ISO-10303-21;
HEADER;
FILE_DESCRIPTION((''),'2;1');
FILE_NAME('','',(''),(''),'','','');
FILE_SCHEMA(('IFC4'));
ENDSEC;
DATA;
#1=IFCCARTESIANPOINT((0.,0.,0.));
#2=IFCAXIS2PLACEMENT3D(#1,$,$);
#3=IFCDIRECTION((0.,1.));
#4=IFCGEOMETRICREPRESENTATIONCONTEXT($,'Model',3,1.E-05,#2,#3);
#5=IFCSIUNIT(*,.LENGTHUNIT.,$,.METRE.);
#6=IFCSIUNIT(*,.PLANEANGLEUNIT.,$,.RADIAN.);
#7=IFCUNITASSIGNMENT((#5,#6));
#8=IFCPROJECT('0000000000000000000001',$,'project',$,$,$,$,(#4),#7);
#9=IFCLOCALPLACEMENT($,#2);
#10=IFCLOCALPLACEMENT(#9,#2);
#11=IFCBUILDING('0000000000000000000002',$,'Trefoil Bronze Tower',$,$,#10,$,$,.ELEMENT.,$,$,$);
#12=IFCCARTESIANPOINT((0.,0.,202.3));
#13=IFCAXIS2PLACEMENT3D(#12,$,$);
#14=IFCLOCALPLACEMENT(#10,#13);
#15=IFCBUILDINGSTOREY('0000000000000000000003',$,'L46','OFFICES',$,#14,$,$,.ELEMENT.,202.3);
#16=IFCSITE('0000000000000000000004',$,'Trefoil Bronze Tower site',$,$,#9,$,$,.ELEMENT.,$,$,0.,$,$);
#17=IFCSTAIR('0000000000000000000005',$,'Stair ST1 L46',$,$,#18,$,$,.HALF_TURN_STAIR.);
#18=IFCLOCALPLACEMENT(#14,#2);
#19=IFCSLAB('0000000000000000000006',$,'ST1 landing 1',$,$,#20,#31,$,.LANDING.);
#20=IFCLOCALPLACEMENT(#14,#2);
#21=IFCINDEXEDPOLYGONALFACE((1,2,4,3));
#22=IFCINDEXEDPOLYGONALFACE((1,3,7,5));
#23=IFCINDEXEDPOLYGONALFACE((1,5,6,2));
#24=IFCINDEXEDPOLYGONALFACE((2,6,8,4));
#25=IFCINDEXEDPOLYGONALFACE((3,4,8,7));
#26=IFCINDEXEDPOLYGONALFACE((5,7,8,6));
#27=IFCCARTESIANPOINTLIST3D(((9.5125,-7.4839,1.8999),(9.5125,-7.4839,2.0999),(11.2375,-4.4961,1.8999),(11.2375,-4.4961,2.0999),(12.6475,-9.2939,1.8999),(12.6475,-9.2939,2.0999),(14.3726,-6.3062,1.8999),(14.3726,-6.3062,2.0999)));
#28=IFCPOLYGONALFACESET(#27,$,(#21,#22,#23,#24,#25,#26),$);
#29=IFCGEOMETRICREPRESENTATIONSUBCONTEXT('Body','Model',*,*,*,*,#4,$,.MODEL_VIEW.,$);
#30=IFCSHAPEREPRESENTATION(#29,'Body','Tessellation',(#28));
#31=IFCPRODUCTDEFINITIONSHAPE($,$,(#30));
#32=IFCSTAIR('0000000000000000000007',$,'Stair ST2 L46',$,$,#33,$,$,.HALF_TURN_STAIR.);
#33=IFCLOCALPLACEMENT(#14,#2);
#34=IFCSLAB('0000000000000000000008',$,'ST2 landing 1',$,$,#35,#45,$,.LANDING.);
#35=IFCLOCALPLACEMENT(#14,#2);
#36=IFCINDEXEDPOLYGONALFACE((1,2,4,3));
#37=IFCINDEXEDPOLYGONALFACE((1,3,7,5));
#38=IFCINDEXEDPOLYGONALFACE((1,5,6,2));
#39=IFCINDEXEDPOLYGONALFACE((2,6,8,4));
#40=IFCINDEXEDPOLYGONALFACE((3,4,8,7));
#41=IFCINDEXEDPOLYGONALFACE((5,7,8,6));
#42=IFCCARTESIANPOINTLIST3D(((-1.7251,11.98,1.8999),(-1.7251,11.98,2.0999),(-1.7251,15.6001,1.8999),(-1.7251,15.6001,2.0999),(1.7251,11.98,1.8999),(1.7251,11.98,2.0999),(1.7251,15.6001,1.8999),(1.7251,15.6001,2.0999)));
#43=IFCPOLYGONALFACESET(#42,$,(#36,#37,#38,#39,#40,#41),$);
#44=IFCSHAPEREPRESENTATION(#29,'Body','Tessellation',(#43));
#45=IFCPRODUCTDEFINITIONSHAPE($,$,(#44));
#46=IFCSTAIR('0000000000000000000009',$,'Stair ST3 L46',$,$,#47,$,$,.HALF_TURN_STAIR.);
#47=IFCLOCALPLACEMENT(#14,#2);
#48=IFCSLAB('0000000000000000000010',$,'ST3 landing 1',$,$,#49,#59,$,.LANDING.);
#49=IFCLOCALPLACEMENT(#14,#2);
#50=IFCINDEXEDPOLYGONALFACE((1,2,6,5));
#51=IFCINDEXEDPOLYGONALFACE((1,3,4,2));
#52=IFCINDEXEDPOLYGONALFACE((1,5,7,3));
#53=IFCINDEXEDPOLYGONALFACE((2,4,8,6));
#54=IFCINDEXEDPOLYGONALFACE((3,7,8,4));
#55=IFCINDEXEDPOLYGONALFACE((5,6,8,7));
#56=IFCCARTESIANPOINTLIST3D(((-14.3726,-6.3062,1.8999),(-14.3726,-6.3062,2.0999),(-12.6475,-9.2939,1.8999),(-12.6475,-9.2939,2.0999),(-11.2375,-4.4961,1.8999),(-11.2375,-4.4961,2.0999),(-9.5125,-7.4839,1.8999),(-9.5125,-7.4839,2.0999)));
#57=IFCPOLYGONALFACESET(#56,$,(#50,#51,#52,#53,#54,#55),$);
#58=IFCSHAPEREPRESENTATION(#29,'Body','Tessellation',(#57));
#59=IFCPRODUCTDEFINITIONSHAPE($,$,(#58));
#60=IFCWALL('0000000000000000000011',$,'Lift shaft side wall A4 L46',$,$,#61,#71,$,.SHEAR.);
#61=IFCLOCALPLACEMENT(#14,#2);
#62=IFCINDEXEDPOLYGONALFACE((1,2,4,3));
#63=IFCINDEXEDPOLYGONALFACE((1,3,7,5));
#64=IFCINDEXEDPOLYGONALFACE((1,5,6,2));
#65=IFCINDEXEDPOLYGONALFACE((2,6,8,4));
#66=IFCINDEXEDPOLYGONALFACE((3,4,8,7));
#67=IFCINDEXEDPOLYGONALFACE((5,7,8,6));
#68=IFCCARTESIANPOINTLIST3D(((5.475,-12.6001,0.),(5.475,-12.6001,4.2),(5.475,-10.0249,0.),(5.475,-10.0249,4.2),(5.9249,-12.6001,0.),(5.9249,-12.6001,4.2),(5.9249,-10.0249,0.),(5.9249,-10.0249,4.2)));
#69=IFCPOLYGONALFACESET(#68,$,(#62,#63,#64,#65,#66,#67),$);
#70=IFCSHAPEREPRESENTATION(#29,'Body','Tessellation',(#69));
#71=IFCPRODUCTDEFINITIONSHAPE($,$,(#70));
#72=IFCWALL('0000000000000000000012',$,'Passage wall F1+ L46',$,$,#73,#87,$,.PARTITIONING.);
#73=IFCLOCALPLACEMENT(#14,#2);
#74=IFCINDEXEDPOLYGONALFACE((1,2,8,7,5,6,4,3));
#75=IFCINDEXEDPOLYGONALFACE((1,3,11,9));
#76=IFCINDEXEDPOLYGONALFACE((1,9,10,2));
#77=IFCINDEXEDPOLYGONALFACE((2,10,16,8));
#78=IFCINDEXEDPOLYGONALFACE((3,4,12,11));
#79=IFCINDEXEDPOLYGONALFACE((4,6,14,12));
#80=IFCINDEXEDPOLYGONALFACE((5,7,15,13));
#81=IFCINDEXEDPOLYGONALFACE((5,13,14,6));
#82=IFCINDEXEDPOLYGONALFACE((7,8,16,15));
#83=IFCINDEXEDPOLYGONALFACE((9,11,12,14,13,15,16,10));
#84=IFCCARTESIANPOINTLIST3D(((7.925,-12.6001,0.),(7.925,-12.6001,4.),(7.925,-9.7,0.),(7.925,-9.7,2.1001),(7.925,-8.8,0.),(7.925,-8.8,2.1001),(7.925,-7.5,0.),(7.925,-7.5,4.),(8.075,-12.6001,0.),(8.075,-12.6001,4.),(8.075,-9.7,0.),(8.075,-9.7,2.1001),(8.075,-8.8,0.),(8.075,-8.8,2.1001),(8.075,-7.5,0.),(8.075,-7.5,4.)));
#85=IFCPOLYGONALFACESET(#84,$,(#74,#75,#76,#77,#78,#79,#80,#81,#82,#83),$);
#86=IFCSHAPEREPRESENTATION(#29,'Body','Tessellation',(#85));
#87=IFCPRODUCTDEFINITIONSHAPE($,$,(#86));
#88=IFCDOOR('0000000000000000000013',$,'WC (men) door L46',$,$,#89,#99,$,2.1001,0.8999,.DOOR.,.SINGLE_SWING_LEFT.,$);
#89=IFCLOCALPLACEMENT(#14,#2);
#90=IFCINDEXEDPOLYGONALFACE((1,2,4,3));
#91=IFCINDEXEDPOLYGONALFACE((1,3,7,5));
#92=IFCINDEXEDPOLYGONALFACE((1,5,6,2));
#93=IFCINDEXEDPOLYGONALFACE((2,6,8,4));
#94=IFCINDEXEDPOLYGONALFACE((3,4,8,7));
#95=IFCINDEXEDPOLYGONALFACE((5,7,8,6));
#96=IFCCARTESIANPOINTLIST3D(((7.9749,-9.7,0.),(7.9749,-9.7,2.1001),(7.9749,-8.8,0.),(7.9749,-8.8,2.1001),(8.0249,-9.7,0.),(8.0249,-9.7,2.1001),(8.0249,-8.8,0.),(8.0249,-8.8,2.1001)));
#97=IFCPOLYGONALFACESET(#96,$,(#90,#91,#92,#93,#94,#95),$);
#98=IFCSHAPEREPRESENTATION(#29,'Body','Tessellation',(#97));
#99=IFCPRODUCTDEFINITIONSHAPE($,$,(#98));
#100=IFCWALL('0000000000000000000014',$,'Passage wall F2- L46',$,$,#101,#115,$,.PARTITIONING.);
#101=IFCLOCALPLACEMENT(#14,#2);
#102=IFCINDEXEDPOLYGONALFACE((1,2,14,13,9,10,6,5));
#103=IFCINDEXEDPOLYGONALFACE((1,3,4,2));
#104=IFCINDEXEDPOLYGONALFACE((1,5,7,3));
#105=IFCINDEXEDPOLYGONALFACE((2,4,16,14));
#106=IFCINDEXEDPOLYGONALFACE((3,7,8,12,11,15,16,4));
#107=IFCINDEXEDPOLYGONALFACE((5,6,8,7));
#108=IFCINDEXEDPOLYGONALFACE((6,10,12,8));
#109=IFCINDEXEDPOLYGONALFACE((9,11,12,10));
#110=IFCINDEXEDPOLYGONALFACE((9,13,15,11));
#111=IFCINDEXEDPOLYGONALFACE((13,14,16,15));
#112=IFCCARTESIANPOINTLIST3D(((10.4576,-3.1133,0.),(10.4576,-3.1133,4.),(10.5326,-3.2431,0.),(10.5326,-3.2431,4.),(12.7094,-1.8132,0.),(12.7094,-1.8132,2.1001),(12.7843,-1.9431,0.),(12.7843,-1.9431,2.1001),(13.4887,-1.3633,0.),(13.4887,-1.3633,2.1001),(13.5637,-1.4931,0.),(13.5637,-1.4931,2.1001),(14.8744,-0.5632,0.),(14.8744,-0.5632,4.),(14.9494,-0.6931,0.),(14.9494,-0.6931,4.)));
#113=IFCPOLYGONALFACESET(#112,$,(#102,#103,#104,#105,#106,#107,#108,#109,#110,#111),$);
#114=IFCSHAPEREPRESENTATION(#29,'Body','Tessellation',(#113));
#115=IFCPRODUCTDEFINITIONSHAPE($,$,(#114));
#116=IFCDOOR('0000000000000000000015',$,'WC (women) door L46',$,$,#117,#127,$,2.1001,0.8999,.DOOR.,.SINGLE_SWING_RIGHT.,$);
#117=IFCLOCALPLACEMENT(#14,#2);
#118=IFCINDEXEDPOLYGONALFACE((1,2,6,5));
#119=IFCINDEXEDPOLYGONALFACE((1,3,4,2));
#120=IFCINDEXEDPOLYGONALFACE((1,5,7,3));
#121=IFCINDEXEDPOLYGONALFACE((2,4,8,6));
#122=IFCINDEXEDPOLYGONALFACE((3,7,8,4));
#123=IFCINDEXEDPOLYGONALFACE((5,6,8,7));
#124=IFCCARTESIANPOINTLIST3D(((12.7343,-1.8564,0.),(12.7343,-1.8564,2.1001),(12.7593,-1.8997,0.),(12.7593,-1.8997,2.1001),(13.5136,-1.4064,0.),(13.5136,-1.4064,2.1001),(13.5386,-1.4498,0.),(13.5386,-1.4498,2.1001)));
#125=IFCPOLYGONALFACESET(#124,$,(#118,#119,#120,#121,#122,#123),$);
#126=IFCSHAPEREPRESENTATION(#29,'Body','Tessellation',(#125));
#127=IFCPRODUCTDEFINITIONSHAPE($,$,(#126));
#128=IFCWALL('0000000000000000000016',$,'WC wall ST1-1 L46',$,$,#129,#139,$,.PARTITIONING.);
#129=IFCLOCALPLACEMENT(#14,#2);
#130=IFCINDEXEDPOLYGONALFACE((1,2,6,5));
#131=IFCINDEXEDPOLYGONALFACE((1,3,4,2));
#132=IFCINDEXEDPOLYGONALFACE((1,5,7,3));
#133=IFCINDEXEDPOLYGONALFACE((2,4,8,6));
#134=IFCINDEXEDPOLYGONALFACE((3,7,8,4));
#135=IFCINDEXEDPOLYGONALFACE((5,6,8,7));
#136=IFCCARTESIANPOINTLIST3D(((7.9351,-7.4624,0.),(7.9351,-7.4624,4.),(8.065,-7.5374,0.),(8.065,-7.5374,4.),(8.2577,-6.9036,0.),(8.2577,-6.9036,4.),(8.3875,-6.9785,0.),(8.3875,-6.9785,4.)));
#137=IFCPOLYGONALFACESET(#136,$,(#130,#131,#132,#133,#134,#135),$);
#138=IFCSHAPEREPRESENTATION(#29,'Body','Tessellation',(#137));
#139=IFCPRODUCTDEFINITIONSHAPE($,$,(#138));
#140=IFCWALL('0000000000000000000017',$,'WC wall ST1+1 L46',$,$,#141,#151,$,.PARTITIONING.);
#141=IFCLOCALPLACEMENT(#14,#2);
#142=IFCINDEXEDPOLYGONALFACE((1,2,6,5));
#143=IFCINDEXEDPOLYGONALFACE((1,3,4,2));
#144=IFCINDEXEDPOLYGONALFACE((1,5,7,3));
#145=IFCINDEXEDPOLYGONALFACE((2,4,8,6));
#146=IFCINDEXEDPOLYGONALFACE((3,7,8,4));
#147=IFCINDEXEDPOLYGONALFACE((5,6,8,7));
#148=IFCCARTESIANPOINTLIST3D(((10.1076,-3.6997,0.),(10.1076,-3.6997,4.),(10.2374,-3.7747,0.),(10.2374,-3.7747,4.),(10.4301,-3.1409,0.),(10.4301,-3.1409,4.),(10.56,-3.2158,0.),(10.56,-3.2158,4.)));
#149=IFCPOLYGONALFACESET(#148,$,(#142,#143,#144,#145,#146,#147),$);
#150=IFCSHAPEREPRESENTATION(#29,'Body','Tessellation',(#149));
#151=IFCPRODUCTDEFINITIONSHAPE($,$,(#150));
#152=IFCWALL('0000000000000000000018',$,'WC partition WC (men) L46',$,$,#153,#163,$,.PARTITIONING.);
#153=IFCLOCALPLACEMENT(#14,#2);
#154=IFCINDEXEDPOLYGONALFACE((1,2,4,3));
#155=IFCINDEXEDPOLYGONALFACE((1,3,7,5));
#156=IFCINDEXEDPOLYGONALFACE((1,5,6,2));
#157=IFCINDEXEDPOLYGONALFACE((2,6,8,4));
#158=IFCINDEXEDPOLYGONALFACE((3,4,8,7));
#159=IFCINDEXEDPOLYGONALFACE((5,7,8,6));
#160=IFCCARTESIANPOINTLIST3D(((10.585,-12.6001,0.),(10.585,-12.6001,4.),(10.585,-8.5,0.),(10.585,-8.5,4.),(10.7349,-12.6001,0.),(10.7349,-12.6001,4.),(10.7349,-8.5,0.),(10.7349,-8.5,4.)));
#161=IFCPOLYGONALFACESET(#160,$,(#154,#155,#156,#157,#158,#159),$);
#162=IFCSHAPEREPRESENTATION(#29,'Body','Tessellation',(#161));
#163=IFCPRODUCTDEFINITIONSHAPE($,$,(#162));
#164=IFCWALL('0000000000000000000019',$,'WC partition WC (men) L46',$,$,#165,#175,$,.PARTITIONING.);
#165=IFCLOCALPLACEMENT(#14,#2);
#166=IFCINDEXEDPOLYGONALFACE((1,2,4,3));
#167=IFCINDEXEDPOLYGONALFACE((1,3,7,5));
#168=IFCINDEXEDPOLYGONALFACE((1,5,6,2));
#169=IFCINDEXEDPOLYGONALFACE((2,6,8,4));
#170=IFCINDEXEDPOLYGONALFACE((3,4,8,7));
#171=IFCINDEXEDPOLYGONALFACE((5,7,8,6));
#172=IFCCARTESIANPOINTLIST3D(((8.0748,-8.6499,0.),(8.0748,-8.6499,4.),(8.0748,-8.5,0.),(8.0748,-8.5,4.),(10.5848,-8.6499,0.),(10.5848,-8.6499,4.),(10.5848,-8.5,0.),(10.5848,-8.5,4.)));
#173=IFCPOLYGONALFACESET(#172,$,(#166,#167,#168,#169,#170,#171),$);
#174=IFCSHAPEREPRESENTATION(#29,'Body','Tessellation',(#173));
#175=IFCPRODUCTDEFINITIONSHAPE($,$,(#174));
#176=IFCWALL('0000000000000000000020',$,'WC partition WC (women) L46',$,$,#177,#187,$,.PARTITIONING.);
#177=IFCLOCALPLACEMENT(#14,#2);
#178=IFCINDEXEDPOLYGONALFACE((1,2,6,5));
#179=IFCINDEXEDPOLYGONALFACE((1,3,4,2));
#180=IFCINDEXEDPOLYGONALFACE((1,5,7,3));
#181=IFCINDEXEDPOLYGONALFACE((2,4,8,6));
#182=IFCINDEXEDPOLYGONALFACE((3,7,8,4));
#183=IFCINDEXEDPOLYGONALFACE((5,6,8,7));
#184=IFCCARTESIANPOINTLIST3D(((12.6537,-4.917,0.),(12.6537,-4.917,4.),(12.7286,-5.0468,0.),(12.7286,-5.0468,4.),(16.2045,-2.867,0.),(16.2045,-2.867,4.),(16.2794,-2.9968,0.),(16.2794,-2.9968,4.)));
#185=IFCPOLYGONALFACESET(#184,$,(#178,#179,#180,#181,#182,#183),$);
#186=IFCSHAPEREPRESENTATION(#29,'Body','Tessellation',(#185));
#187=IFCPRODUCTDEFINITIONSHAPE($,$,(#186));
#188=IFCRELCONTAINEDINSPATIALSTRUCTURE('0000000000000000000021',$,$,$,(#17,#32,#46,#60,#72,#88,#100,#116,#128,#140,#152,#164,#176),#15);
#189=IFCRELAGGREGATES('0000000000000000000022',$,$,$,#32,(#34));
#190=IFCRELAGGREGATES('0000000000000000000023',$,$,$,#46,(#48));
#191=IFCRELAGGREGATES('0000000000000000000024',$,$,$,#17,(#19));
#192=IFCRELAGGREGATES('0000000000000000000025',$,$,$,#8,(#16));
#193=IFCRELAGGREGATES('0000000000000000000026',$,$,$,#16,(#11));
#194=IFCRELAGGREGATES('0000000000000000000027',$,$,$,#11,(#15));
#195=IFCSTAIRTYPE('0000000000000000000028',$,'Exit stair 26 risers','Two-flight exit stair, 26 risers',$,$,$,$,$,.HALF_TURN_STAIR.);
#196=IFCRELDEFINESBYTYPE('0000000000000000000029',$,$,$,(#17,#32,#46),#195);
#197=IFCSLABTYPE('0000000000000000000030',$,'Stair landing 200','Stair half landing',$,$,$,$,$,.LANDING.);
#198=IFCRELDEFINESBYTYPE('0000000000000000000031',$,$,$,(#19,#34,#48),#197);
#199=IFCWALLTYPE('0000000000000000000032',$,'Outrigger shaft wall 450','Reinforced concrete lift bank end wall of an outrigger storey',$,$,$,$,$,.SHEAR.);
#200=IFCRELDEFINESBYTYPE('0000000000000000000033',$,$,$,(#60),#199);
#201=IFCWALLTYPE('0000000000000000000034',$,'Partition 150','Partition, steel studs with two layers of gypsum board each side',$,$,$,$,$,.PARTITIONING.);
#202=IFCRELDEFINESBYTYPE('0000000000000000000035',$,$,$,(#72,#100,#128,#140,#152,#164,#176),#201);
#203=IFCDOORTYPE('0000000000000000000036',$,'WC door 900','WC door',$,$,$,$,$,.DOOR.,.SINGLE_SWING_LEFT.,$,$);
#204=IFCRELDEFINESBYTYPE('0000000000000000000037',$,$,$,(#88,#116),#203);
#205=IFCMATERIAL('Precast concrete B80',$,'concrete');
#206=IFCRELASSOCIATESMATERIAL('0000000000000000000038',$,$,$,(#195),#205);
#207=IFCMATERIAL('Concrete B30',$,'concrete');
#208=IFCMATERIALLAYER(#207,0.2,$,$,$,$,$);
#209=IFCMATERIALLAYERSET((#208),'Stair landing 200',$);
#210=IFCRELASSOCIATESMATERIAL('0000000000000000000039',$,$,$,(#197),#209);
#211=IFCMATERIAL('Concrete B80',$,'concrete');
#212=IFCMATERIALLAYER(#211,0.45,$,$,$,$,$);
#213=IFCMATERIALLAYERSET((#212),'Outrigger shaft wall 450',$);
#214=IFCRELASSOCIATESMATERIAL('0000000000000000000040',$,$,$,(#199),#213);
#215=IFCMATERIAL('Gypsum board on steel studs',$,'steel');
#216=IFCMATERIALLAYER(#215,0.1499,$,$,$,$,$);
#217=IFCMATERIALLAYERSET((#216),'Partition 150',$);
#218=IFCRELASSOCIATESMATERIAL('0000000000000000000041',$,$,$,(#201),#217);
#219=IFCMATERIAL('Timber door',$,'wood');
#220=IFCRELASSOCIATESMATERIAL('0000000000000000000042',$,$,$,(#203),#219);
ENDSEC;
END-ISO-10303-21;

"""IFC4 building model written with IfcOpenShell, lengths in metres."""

from ifc_helpers import new_model, si_unit, direction, frame, frame_2d, origin, place, context, subcontext, project, spatial, polyline, rectangle, outline, extrude, material, layer, layer_set, type_object, element, fill, aggregate, save


model = new_model("IFC4")

# Units and contexts
model_context = context("Model", 3, precision=1e-05, world=origin(), true_north=direction((0.0, 1.0)))
body_context = subcontext(model_context, "Body", "Model", "MODEL_VIEW")
ifc_project = project(units=[si_unit("LENGTHUNIT", "METRE"), si_unit("PLANEANGLEUNIT", "RADIAN")], contexts=[model_context])

# Site, building, storey
site_placement = place(None, origin())
site = spatial("IfcSite", under=ifc_project, at=site_placement, Name="Trefoil Bronze Tower site", CompositionType="ELEMENT", RefElevation=0.0)
building_placement = place(site_placement, origin())
building = spatial("IfcBuilding", under=site, at=building_placement, Name="Trefoil Bronze Tower", CompositionType="ELEMENT")
storey_placement = place(building_placement, frame((0.0, 0.0, 202.3)))
storey = spatial("IfcBuildingStorey", under=building, at=storey_placement, Name="L46", Description="OFFICES", CompositionType="ELEMENT", Elevation=202.3)

# Stairs, slabs
ifc_material_1 = material(Name="Precast concrete B80", Category="concrete")
stair_type = type_object("IfcStairType", Name="Exit stair 26 risers", Description="Two-flight exit stair, 26 risers", PredefinedType="HALF_TURN_STAIR", material=ifc_material_1)
stair_1_placement = place(storey_placement, origin())
stair_1 = element("IfcStair", 1, at=stair_1_placement, inside=storey, type_object=stair_type, Name="Stair ST1 L46", PredefinedType="HALF_TURN_STAIR")
ifc_material_2 = material(Name="Concrete B30", Category="concrete")
ifc_layer_1 = layer(ifc_material_2, 0.2)
ifc_layer_set_1 = layer_set([ifc_layer_1], Name="Stair landing 200")
slab_type = type_object("IfcSlabType", Name="Stair landing 200", Description="Stair half landing", PredefinedType="LANDING", material=ifc_layer_set_1)
slab_1_placement = place(storey_placement, frame((0.0, 0.0, 1.8999)))
slab_1 = element("IfcSlab", 2, at=slab_1_placement, type_object=slab_type, Name="ST1 landing 1", PredefinedType="LANDING", context=body_context, shape_type="SweptSolid", body=[
    extrude(outline(polyline([(9.5125, -7.4839), (12.6475, -9.2939), (14.3726, -6.3062), (11.2375, -4.4961), (9.5125, -7.4839)])), origin(), (0.0, 0.0, 1.0), 0.2),
])
stair_2_placement = place(storey_placement, origin())
stair_2 = element("IfcStair", 3, at=stair_2_placement, inside=storey, type_object=stair_type, Name="Stair ST2 L46", PredefinedType="HALF_TURN_STAIR")
slab_2_placement = place(storey_placement, frame((0.0, 0.0, 1.8999)))
slab_2 = element("IfcSlab", 4, at=slab_2_placement, type_object=slab_type, Name="ST2 landing 1", PredefinedType="LANDING", context=body_context, shape_type="SweptSolid", body=[
    extrude(outline(polyline([(1.7251, 11.98), (1.7251, 15.6001), (-1.7251, 15.6001), (-1.7251, 11.98), (1.7251, 11.98)])), origin(), (0.0, 0.0, 1.0), 0.2),
])
aggregate(stair_2, [slab_2])
stair_3_placement = place(storey_placement, origin())
stair_3 = element("IfcStair", 5, at=stair_3_placement, inside=storey, type_object=stair_type, Name="Stair ST3 L46", PredefinedType="HALF_TURN_STAIR")
slab_3_placement = place(storey_placement, frame((0.0, 0.0, 1.8999)))
slab_3 = element("IfcSlab", 6, at=slab_3_placement, type_object=slab_type, Name="ST3 landing 1", PredefinedType="LANDING", context=body_context, shape_type="SweptSolid", body=[
    extrude(outline(polyline([(-11.2375, -4.4961), (-14.3726, -6.3062), (-12.6475, -9.2939), (-9.5125, -7.4839), (-11.2375, -4.4961)])), origin(), (0.0, 0.0, 1.0), 0.2),
])
aggregate(stair_3, [slab_3])

# Wall
ifc_material_3 = material(Name="Concrete B80", Category="concrete")
ifc_layer_2 = layer(ifc_material_3, 0.45)
ifc_layer_set_2 = layer_set([ifc_layer_2], Name="Outrigger shaft wall 450")
wall_type_1 = type_object("IfcWallType", Name="Outrigger shaft wall 450", Description="Reinforced concrete lift bank end wall of an outrigger storey", PredefinedType="SHEAR", material=ifc_layer_set_2)
wall_1_placement = place(storey_placement, frame((5.7, -10.0249, 0.0), z_axis=(0.0, 0.0, 1.0), x_axis=(0.0, -1.0, 0.0)))
element("IfcWall", 7, at=wall_1_placement, inside=storey, type_object=wall_type_1, Name="Lift shaft side wall A4 L46", PredefinedType="SHEAR", context=body_context, shape_type="SweptSolid", body=[
    extrude(rectangle(XDim=2.5752, YDim=0.45, at=frame_2d((1.2876, 0.0))), origin(), (0.0, 0.0, 1.0), 4.2),
])

# Walls, openings, doors
ifc_material_4 = material(Name="Gypsum board on steel studs", Category="steel")
ifc_layer_3 = layer(ifc_material_4, 0.1499)
ifc_layer_set_3 = layer_set([ifc_layer_3], Name="Partition 150")
wall_type_2 = type_object("IfcWallType", Name="Partition 150", Description="Partition, steel studs with two layers of gypsum board each side", PredefinedType="PARTITIONING", material=ifc_layer_set_3)
wall_2_placement = place(storey_placement, frame((8.0, -7.5, 0.0), z_axis=(0.0, 0.0, 1.0), x_axis=(0.0, -1.0, 0.0)))
wall_2 = element("IfcWall", 8, at=wall_2_placement, inside=storey, type_object=wall_type_2, Name="Passage wall F1+ L46", PredefinedType="PARTITIONING", context=body_context, shape_type="SweptSolid", body=[
    extrude(rectangle(XDim=5.1001, YDim=0.1499, at=frame_2d((2.55, 0.0))), origin(), (0.0, 0.0, 1.0), 4.0),
])
opening_1_placement = place(wall_2_placement, frame((1.3, 0.0, 0.0)))
opening_1 = element("IfcOpeningElement", 9, at=opening_1_placement, cuts=wall_2, PredefinedType="OPENING", context=body_context, shape_type="SweptSolid", body=[
    extrude(rectangle(XDim=0.8999, YDim=2.1001, at=frame_2d((0.45, 1.05))), frame((0.0, 0.085, 0.0), z_axis=(0.0, -1.0, 0.0), x_axis=(1.0, 0.0, 0.0)), (0.0, 0.0, 1.0), 0.1699),
])
ifc_material_5 = material(Name="Timber door", Category="wood")
door_type_1 = type_object("IfcDoorType", Name="WC door 900", Description="WC door", OperationType="SINGLE_SWING_LEFT", PredefinedType="DOOR", material=ifc_material_5)
door_1_placement = place(opening_1_placement, origin())
door_1 = element("IfcDoor", 10, at=door_1_placement, inside=storey, type_object=door_type_1, Name="WC (men) door L46", OperationType="SINGLE_SWING_LEFT", OverallHeight=2.1001, OverallWidth=0.8999, PredefinedType="DOOR", context=body_context, shape_type="SweptSolid", body=[
    extrude(rectangle(XDim=0.8999, YDim=2.1001, at=frame_2d((0.45, 1.05))), frame((0.0, 0.0249, 0.0), z_axis=(0.0, -1.0, 0.0), x_axis=(1.0, 0.0, 0.0)), (0.0, 0.0, 1.0), 0.05),
])
fill(opening_1, door_1)
wall_3_placement = place(storey_placement, frame((10.4951, -3.1782, 0.0), z_axis=(0.0, 0.0, 1.0), x_axis=(0.866022, 0.500006, 0.0)))
wall_3 = element("IfcWall", 11, at=wall_3_placement, inside=storey, type_object=wall_type_2, Name="Passage wall F2- L46", PredefinedType="PARTITIONING", context=body_context, shape_type="SweptSolid", body=[
    extrude(rectangle(XDim=5.1001, YDim=0.1499, at=frame_2d((2.55, 0.0))), origin(), (0.0, 0.0, 1.0), 4.0),
])
opening_2_placement = place(wall_3_placement, frame((2.6001, 0.0, 0.0)))
opening_2 = element("IfcOpeningElement", 12, at=opening_2_placement, cuts=wall_3, PredefinedType="OPENING", context=body_context, shape_type="SweptSolid", body=[
    extrude(rectangle(XDim=0.8999, YDim=2.1001, at=frame_2d((0.45, 1.05))), frame((0.0, 0.085, 0.0), z_axis=(0.0, -1.0, 0.0), x_axis=(1.0, 0.0, 0.0)), (0.0, 0.0, 1.0), 0.1699),
])
door_2_placement = place(opening_2_placement, frame((0.8999, 0.0, 0.0), z_axis=(0.0, 0.0, 1.0), x_axis=(-1.0, 0.0, 0.0)))
door_2 = element("IfcDoor", 13, at=door_2_placement, inside=storey, type_object=door_type_1, Name="WC (women) door L46", OperationType="SINGLE_SWING_RIGHT", OverallHeight=2.1001, OverallWidth=0.8999, PredefinedType="DOOR", context=body_context, shape_type="SweptSolid", body=[
    extrude(rectangle(XDim=0.8999, YDim=2.1001, at=frame_2d((0.45, 1.05))), frame((0.0, 0.0249, 0.0), z_axis=(0.0, -1.0, 0.0), x_axis=(1.0, 0.0, 0.0)), (0.0, 0.0, 1.0), 0.05),
])
fill(opening_2, door_2)

# Walls
for number, where, z_axis, x_axis, name in (
    (14, (8.0, -7.5, 0.0), (0.0, 0.0, 1.0), (0.499843, 0.866116, 0.0), "WC wall ST1-1 L46"),
    (15, (10.4951, -3.1782, 0.0), (0.0, 0.0, 1.0), (-0.499843, -0.866116, 0.0), "WC wall ST1+1 L46"),
):
    element("IfcWall", number, at=place(storey_placement, frame(where, z_axis=z_axis, x_axis=x_axis)), inside=storey, type_object=wall_type_2, Name=name, PredefinedType="PARTITIONING", context=body_context, shape_type="SweptSolid", body=[
        extrude(rectangle(XDim=0.6453, YDim=0.1499, at=frame_2d((0.3228, 0.0))), origin(), (0.0, 0.0, 1.0), 4.0),
    ])
wall_4_placement = place(storey_placement, frame((10.6599, -8.5, 0.0), z_axis=(0.0, 0.0, 1.0), x_axis=(0.0, -1.0, 0.0)))
element("IfcWall", 16, at=wall_4_placement, inside=storey, type_object=wall_type_2, Name="WC partition WC (men) L46", PredefinedType="PARTITIONING", context=body_context, shape_type="SweptSolid", body=[
    extrude(rectangle(XDim=4.1001, YDim=0.1499, at=frame_2d((2.05, 0.0))), origin(), (0.0, 0.0, 1.0), 4.0),
])
wall_5_placement = place(storey_placement, frame((8.075, -8.575, 0.0), z_axis=(0.0, 0.0, 1.0), x_axis=(1.0, 0.0, 0.0)))
element("IfcWall", 17, at=wall_5_placement, inside=storey, type_object=wall_type_2, Name="WC partition WC (men) L46", PredefinedType="PARTITIONING", context=body_context, shape_type="SweptSolid", body=[
    extrude(rectangle(XDim=2.51, YDim=0.1499, at=frame_2d((1.2549, 0.0))), origin(), (0.0, 0.0, 1.0), 4.0),
])
wall_6_placement = place(storey_placement, frame((12.6912, -4.9819, 0.0), z_axis=(0.0, 0.0, 1.0), x_axis=(0.866025, 0.500001, 0.0)))
element("IfcWall", 18, at=wall_6_placement, inside=storey, type_object=wall_type_2, Name="WC partition WC (women) L46", PredefinedType="PARTITIONING", context=body_context, shape_type="SweptSolid", body=[
    extrude(rectangle(XDim=4.1001, YDim=0.1499, at=frame_2d((2.05, 0.0))), origin(), (0.0, 0.0, 1.0), 4.0),
])

aggregate(stair_1, [slab_1])

save(model, "model.ifc")
